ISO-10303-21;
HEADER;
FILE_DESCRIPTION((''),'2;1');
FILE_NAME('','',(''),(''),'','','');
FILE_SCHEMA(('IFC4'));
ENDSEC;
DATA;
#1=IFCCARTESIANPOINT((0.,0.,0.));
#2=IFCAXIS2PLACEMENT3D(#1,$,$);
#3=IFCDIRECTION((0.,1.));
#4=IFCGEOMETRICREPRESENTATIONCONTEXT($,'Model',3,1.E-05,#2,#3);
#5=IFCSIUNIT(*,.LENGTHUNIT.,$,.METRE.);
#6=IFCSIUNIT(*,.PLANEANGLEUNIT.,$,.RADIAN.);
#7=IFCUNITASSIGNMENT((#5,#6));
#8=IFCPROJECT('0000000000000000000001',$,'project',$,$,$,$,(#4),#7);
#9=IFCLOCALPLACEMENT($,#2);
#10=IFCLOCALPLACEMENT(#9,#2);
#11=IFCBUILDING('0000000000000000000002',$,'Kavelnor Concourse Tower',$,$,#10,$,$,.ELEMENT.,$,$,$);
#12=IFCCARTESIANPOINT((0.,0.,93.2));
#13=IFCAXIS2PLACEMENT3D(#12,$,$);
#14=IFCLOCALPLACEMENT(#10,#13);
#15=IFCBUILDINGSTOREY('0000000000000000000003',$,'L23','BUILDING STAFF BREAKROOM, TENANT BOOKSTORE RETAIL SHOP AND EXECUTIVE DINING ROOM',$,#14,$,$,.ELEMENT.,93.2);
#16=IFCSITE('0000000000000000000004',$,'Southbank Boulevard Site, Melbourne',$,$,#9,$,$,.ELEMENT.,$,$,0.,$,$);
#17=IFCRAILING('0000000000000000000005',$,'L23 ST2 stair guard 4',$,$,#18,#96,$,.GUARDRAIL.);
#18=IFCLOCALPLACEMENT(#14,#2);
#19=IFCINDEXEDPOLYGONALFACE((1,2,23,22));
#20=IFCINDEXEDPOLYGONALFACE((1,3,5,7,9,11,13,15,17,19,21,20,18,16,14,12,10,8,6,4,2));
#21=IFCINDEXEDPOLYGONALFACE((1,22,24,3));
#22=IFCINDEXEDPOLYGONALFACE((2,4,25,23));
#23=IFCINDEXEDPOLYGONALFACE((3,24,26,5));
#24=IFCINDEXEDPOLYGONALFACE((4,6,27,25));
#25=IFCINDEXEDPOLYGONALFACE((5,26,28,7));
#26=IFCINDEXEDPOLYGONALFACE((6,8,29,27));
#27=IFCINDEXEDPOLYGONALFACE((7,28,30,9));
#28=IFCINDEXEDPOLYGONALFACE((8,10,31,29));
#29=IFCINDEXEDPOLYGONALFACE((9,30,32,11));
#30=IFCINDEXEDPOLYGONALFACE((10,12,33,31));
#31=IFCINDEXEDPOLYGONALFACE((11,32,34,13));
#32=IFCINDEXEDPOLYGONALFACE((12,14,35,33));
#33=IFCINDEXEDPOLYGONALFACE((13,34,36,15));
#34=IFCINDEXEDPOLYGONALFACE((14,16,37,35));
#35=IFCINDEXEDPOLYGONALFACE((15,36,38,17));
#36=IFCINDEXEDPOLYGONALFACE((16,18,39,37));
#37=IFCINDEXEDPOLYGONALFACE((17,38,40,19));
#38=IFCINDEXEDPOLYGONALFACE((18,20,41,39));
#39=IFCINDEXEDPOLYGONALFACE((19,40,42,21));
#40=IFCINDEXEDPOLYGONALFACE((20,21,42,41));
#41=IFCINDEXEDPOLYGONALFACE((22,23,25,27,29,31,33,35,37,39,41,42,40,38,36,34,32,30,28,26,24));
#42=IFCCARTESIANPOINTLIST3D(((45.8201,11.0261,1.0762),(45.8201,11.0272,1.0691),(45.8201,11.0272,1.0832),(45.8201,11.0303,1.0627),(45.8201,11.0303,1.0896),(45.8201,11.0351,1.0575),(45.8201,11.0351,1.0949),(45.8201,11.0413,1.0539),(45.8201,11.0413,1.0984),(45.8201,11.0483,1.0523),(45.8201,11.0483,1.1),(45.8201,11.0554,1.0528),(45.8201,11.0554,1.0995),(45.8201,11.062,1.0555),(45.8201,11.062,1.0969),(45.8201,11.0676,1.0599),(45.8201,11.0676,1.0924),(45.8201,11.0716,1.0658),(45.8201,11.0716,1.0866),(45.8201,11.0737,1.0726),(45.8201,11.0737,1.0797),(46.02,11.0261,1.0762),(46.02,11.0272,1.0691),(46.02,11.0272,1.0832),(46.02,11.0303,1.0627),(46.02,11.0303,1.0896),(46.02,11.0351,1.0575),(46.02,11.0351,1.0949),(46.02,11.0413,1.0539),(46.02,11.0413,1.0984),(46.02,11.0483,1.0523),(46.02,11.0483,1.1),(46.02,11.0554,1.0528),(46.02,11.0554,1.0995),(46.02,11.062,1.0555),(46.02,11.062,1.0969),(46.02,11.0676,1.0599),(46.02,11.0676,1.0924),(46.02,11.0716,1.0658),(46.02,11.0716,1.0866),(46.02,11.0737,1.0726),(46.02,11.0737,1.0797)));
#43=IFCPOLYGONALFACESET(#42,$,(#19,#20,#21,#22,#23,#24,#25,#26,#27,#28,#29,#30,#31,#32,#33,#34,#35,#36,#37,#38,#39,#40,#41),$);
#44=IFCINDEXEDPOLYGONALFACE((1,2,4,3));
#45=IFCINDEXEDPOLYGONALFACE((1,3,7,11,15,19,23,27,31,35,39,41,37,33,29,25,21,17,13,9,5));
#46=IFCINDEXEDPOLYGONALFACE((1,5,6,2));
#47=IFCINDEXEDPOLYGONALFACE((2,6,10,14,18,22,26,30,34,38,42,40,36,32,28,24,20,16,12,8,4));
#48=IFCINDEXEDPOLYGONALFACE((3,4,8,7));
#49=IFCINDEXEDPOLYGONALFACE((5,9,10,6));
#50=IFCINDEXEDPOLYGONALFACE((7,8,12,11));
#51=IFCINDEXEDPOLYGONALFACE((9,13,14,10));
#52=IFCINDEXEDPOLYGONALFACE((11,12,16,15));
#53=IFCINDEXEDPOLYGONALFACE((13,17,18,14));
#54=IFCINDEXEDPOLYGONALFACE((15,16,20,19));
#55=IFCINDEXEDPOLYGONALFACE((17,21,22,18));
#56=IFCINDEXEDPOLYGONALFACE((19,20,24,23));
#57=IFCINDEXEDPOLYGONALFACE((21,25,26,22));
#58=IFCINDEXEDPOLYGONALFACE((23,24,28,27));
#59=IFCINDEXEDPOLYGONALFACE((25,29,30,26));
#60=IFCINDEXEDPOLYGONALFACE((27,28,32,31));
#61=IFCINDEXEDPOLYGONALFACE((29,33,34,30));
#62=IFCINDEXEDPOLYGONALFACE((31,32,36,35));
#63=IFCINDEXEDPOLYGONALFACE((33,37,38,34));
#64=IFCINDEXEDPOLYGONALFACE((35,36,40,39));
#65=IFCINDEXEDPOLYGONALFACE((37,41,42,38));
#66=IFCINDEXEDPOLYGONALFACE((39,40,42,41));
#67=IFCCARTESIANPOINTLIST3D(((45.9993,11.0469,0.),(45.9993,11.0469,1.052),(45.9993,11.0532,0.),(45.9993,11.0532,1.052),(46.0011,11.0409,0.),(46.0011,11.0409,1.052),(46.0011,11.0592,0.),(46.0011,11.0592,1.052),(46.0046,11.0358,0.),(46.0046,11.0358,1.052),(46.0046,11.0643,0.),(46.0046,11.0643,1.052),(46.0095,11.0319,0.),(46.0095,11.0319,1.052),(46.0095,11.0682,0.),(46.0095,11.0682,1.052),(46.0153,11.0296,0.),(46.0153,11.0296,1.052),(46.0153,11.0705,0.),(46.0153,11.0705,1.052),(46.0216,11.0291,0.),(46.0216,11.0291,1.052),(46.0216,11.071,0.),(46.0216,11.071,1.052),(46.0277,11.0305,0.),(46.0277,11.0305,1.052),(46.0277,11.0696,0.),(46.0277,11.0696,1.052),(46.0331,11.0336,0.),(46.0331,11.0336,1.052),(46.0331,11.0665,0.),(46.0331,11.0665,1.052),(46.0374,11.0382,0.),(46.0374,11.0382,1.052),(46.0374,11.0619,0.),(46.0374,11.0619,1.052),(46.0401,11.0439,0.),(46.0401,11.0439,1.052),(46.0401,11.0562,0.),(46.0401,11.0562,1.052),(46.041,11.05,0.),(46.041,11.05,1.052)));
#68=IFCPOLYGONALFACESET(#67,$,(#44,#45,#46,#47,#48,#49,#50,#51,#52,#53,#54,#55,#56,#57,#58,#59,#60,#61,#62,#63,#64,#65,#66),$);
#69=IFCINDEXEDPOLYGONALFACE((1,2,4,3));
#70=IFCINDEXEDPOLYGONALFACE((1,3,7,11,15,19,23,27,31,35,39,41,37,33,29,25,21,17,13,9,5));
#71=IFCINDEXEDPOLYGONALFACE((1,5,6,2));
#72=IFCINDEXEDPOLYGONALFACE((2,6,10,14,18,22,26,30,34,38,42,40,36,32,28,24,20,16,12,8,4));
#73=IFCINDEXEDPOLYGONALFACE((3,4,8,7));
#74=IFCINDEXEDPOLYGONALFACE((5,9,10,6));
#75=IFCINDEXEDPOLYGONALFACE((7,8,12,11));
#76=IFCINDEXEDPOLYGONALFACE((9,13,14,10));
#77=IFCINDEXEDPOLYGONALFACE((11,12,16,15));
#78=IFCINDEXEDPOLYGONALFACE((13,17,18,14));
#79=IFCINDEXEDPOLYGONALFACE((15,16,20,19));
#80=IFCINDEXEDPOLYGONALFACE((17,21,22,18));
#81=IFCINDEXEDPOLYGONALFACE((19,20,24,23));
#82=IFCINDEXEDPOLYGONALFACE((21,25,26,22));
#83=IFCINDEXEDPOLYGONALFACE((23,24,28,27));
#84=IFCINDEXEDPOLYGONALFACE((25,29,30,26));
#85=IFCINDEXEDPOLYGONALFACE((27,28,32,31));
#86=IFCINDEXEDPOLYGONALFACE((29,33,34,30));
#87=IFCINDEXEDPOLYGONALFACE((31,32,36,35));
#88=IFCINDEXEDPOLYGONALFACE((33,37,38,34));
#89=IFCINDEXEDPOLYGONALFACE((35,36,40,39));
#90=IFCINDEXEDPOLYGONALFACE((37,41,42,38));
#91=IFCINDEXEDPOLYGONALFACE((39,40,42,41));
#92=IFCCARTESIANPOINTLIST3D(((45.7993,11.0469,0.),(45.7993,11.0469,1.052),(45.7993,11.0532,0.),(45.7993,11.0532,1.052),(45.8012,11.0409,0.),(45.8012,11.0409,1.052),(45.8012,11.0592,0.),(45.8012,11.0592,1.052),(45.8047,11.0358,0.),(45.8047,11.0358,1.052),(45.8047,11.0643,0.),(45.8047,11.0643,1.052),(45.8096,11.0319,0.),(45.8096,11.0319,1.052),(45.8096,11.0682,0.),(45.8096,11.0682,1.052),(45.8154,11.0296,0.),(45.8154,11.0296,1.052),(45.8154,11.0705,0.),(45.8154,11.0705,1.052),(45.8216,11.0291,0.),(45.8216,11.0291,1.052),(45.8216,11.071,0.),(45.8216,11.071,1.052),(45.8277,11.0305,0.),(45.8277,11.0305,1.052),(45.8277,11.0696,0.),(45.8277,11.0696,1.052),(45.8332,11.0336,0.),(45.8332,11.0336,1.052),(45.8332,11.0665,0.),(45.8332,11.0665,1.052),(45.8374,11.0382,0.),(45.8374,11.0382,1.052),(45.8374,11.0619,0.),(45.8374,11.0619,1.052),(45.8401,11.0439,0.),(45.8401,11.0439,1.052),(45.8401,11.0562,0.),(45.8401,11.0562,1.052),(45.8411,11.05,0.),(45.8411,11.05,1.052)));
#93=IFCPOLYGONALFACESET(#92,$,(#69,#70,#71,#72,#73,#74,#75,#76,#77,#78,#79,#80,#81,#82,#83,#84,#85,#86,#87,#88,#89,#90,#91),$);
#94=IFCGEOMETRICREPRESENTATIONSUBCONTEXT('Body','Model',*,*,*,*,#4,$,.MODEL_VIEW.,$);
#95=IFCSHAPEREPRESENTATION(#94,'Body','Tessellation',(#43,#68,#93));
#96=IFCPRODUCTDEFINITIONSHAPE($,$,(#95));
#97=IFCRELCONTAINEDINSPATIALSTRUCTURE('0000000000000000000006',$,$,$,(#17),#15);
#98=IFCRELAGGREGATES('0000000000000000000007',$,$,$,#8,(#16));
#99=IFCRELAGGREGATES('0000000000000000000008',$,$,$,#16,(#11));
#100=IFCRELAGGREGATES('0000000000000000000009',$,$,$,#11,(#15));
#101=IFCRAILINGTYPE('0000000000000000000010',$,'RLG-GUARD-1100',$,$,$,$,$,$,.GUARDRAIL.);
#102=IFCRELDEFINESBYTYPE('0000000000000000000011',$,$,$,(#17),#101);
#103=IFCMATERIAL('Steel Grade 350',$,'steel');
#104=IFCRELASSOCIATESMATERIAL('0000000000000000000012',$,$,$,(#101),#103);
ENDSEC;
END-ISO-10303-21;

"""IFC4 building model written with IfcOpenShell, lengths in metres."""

from ifc_helpers import new_model, si_unit, direction, frame, origin, origin_2d, place, context, subcontext, project, spatial, circle, extrude, material, type_object, element, save


model = new_model("IFC4")

# Units and contexts
model_context = context("Model", 3, precision=1e-05, world=origin(), true_north=direction((0.0, 1.0)))
body_context = subcontext(model_context, "Body", "Model", "MODEL_VIEW")
ifc_project = project(units=[si_unit("LENGTHUNIT", "METRE"), si_unit("PLANEANGLEUNIT", "RADIAN")], contexts=[model_context])

# Site, building, storey
site_placement = place(None, origin())
site = spatial("IfcSite", under=ifc_project, at=site_placement, Name="Southbank Boulevard Site, Melbourne", CompositionType="ELEMENT", RefElevation=0.0)
building_placement = place(site_placement, origin())
building = spatial("IfcBuilding", under=site, at=building_placement, Name="Kavelnor Concourse Tower", CompositionType="ELEMENT")
storey_placement = place(building_placement, frame((0.0, 0.0, 93.2)))
storey = spatial("IfcBuildingStorey", under=building, at=storey_placement, Name="L23", Description="BUILDING STAFF BREAKROOM, TENANT BOOKSTORE RETAIL SHOP AND EXECUTIVE DINING ROOM", CompositionType="ELEMENT", Elevation=93.2)

# Shared definitions
ifc_material_1 = material(Name="Steel Grade 350", Category="steel")

# Railing
railing_type_1 = type_object("IfcRailingType", Name="RLG-GUARD-1100", PredefinedType="GUARDRAIL", material=ifc_material_1)
railing_1_placement = place(storey_placement, frame((46.02, 11.05, 0.0)))
element("IfcRailing", 1, at=railing_1_placement, inside=storey, type_object=railing_type_1, Name="L23 ST2 stair guard 4", PredefinedType="GUARDRAIL", context=body_context, shape_type="SweptSolid", body=[
    extrude(circle(Radius=0.0239, at=origin_2d()), frame((0.0, 0.0, 1.0762), z_axis=(-1.0, 0.0, 0.0), x_axis=(0.0, -1.0, 0.0)), (0.0, 0.0, 1.0), 0.2),
    extrude(circle(Radius=0.021, at=origin_2d()), origin(), (0.0, 0.0, 1.0), 1.052),
    extrude(circle(Radius=0.021, at=origin_2d()), frame((-0.2, 0.0, 0.0)), (0.0, 0.0, 1.0), 1.052),
])

save(model, "model.ifc")
